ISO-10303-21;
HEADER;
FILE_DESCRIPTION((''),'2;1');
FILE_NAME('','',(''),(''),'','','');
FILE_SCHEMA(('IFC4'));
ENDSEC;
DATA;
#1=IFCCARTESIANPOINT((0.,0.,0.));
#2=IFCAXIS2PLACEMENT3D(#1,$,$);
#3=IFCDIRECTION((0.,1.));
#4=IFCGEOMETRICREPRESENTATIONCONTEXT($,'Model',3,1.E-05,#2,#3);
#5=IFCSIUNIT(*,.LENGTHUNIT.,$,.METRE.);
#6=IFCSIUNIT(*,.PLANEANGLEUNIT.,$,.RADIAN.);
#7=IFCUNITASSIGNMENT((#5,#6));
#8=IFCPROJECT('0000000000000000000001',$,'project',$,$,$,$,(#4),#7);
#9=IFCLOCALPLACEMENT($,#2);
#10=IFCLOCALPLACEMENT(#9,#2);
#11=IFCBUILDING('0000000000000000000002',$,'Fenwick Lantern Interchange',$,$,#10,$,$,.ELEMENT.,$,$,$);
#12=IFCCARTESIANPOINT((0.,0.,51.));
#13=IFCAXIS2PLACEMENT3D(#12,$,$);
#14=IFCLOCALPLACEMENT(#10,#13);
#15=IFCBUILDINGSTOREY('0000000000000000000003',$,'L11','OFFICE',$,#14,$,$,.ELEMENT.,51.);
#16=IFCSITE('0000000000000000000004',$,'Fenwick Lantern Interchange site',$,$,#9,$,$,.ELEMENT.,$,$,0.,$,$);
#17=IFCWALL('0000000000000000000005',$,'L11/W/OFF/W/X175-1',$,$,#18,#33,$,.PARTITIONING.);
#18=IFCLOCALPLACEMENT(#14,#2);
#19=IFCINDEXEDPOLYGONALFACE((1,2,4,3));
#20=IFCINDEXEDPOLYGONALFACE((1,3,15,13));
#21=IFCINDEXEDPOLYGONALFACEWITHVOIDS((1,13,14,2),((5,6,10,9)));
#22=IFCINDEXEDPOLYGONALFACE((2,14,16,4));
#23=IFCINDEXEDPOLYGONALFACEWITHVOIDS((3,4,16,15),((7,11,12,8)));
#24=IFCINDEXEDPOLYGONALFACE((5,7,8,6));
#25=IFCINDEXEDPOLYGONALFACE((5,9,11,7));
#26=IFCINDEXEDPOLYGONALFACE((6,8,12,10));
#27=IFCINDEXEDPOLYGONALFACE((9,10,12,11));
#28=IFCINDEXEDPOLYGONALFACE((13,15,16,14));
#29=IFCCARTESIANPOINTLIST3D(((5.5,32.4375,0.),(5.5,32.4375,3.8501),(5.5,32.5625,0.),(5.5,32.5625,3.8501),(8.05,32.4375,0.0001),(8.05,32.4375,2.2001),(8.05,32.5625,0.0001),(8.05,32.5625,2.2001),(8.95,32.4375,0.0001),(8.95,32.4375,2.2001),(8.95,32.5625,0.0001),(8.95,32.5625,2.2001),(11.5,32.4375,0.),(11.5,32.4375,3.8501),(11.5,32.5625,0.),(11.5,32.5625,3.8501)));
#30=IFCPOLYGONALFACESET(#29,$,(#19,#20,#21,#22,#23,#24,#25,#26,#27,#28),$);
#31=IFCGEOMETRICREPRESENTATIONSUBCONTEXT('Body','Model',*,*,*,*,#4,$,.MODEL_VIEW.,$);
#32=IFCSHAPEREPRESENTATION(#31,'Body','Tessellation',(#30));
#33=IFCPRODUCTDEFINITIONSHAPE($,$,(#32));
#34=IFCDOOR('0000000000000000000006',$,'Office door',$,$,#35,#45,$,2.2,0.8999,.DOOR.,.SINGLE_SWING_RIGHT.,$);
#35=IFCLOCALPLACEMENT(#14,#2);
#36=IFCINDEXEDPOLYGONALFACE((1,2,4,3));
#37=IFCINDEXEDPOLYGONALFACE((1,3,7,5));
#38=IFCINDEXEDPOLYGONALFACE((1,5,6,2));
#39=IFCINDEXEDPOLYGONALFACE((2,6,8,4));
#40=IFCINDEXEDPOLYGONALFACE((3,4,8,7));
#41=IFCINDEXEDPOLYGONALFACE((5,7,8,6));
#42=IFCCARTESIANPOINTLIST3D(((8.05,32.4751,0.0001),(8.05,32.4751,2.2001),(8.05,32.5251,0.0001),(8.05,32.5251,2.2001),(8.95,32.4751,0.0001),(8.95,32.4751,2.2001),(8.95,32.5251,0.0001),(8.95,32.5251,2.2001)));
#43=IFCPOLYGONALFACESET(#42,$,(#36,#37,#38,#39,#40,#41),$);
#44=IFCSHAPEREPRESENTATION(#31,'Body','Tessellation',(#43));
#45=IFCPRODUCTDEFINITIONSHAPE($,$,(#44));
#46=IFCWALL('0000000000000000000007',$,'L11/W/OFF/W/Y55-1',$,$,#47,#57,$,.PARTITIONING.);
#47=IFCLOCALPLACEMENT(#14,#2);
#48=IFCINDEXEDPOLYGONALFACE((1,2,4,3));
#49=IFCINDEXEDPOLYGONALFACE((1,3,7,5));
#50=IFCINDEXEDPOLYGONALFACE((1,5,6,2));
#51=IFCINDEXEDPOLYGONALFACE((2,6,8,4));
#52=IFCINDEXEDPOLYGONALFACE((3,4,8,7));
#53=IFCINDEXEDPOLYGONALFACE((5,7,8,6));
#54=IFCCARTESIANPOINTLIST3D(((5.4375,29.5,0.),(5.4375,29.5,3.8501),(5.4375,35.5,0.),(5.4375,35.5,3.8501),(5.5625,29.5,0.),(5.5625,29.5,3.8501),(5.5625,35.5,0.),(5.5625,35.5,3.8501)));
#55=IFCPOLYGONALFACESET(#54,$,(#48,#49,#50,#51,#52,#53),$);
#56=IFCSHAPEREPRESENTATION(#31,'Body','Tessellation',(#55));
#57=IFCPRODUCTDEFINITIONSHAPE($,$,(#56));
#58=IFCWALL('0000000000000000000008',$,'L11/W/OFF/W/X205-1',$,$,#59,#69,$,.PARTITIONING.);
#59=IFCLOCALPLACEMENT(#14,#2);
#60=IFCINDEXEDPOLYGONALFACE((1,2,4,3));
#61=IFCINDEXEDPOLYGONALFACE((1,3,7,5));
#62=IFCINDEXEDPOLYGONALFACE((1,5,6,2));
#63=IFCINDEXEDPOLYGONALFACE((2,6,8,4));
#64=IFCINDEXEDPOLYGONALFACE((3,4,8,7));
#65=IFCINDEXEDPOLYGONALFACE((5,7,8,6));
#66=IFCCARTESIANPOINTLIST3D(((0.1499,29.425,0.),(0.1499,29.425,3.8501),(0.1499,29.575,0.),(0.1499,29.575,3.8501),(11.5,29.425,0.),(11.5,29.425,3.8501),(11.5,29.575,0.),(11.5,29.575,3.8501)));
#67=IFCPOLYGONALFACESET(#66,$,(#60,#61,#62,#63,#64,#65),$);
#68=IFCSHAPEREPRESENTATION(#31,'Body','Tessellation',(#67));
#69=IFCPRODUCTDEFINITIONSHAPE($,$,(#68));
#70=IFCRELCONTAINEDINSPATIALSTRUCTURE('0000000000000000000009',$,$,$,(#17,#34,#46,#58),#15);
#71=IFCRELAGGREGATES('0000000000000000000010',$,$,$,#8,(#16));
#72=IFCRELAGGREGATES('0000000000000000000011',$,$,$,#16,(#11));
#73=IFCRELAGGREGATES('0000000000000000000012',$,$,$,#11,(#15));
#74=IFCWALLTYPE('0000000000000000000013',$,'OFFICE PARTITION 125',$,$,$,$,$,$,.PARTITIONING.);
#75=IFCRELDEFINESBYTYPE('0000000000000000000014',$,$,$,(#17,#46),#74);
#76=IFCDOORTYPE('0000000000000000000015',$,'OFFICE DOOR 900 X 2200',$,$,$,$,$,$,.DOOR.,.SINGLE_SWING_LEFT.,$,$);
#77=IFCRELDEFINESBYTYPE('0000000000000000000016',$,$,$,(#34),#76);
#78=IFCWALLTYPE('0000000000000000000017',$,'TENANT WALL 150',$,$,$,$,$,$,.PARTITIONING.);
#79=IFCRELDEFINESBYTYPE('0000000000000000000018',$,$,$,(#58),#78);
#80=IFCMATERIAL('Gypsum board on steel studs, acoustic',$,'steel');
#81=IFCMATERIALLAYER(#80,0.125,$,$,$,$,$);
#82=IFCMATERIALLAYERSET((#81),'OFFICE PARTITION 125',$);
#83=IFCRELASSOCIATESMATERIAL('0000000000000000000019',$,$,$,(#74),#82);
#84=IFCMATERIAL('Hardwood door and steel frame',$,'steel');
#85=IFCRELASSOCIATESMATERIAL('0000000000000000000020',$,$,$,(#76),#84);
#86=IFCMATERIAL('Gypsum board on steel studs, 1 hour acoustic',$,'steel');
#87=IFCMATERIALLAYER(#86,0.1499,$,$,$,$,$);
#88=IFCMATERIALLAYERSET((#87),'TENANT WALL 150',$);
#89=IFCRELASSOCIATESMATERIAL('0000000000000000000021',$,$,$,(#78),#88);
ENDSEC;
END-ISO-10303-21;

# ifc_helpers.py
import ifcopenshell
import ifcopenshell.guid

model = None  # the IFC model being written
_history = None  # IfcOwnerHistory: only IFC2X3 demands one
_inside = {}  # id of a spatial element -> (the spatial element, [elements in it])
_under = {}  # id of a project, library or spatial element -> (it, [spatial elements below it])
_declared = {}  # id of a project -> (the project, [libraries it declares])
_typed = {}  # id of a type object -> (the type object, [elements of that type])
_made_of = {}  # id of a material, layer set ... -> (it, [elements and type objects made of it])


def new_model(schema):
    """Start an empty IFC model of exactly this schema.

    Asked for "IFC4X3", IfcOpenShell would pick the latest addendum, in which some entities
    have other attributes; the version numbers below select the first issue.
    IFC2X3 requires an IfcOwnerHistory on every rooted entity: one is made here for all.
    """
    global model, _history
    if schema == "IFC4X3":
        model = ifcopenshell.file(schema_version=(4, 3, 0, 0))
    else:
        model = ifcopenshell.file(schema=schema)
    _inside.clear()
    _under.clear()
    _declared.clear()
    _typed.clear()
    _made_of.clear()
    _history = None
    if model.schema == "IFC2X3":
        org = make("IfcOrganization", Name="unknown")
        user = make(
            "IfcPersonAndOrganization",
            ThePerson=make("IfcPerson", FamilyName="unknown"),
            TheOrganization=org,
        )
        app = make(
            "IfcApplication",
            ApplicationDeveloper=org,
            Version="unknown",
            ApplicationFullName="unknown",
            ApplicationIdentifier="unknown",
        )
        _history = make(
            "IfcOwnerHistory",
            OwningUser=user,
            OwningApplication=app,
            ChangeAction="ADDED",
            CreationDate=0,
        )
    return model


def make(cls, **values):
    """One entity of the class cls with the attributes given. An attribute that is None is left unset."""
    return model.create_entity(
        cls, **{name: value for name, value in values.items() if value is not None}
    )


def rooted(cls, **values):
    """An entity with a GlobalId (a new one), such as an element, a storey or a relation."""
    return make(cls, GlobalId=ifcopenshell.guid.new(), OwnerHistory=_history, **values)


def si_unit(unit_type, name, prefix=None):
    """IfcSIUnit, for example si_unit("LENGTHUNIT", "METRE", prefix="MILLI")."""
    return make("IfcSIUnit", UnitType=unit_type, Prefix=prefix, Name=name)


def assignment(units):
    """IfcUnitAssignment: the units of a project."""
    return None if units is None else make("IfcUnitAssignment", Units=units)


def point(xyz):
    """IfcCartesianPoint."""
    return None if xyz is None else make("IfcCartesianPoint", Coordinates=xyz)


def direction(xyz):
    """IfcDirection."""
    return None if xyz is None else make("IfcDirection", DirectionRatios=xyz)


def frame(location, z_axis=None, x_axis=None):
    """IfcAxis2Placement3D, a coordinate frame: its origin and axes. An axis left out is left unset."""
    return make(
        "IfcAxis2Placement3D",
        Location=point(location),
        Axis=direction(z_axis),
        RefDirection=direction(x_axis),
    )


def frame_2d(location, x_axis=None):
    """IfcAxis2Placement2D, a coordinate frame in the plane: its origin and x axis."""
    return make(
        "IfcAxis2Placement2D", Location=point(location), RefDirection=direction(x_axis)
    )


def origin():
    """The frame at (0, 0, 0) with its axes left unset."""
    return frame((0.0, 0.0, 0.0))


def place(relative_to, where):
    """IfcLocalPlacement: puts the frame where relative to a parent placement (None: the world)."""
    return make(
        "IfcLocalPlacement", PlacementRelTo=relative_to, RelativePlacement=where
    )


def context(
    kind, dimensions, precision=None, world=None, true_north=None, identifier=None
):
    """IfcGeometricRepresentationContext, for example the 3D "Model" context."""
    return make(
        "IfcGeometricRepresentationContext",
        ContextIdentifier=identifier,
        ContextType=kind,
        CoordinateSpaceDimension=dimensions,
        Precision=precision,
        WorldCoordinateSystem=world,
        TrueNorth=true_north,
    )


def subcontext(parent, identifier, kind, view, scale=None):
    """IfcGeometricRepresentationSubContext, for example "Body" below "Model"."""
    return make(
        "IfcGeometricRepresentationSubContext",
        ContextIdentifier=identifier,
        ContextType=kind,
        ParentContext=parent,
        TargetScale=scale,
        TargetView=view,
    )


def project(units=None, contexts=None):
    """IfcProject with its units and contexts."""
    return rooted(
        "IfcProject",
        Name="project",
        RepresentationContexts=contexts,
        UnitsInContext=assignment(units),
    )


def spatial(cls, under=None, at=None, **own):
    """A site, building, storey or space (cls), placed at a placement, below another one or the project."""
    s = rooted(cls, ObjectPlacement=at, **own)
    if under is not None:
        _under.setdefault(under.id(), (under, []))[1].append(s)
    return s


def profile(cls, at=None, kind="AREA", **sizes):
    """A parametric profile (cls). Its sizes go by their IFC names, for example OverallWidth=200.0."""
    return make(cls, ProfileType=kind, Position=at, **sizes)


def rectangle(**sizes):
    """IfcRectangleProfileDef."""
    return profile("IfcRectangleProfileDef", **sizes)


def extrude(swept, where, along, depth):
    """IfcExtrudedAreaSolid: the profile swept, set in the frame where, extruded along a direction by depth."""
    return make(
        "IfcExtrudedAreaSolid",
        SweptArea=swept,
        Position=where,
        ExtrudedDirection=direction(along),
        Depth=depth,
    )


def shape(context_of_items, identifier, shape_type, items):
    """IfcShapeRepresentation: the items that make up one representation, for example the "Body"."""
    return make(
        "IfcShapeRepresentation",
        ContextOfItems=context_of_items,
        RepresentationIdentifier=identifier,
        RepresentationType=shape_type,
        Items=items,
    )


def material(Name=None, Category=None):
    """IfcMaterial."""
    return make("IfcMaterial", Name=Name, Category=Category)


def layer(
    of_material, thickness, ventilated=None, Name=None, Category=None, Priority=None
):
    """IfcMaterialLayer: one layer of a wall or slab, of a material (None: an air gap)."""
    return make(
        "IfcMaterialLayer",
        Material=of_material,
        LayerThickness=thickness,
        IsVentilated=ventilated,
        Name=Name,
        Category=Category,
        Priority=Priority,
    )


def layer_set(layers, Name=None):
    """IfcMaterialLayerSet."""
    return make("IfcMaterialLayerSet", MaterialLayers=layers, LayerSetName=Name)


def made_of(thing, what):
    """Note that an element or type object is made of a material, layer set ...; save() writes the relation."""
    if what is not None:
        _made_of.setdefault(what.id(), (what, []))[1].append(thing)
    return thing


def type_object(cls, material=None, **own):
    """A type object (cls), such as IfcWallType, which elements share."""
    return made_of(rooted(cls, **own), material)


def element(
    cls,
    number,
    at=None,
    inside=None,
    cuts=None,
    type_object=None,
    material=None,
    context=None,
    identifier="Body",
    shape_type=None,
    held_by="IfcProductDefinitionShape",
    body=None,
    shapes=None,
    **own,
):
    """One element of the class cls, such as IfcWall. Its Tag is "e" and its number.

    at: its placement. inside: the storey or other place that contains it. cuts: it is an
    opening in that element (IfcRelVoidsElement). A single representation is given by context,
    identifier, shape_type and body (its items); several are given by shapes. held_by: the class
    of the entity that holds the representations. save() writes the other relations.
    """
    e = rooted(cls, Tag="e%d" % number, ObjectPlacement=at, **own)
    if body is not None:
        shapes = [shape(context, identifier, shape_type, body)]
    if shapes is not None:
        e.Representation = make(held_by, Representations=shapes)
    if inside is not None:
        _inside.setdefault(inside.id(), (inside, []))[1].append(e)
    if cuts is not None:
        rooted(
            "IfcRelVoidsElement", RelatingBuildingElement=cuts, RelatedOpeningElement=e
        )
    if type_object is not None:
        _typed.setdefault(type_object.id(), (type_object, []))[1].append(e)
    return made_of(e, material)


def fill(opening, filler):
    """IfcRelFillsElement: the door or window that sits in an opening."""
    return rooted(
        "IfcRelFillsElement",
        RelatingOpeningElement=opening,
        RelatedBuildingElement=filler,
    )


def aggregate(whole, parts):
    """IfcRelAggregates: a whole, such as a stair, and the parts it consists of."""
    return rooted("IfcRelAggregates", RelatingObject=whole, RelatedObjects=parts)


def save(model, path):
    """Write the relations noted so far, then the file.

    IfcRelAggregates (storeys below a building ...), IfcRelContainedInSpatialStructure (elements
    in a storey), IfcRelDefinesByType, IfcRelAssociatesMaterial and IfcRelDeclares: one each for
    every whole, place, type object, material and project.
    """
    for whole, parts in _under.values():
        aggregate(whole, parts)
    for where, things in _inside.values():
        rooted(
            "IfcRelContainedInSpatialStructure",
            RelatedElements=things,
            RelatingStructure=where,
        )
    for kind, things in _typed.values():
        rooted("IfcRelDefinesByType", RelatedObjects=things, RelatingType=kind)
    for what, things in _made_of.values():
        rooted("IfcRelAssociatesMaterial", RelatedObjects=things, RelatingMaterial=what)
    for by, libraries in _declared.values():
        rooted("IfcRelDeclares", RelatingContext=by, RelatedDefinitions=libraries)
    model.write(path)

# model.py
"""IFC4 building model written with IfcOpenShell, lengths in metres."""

from ifc_helpers import new_model, si_unit, direction, frame, frame_2d, origin, place, context, subcontext, project, spatial, rectangle, extrude, material, layer, layer_set, type_object, element, fill, save


model = new_model("IFC4")

# Units and contexts
model_context = context("Model", 3, precision=1e-05, world=origin(), true_north=direction((0.0, 1.0)))
body_context = subcontext(model_context, "Body", "Model", "MODEL_VIEW")
ifc_project = project(units=[si_unit("LENGTHUNIT", "METRE"), si_unit("PLANEANGLEUNIT", "RADIAN")], contexts=[model_context])

# Site, building, storey
site_placement = place(None, origin())
site = spatial("IfcSite", under=ifc_project, at=site_placement, Name="Fenwick Lantern Interchange site", CompositionType="ELEMENT", RefElevation=0.0)
building_placement = place(site_placement, origin())
building = spatial("IfcBuilding", under=site, at=building_placement, Name="Fenwick Lantern Interchange", CompositionType="ELEMENT")
storey_placement = place(building_placement, frame((0.0, 0.0, 51.0)))
storey = spatial("IfcBuildingStorey", under=building, at=storey_placement, Name="L11", Description="OFFICE", CompositionType="ELEMENT", Elevation=51.0)

# Shared definitions
ifc_material_1 = material(Name="Hardwood door and steel frame", Category="steel")

# Wall, opening, door
ifc_material_2 = material(Name="Gypsum board on steel studs, acoustic", Category="steel")
ifc_layer_1 = layer(ifc_material_2, 0.125)
ifc_layer_set_1 = layer_set([ifc_layer_1], Name="OFFICE PARTITION 125")
wall_type_1 = type_object("IfcWallType", Name="OFFICE PARTITION 125", PredefinedType="PARTITIONING", material=ifc_layer_set_1)
wall_1_placement = place(storey_placement, frame((5.5, 32.5, 0.0), z_axis=(0.0, 0.0, 1.0), x_axis=(1.0, 0.0, 0.0)))
wall_1 = element("IfcWall", 1, at=wall_1_placement, inside=storey, type_object=wall_type_1, Name="L11/W/OFF/W/X175-1", PredefinedType="PARTITIONING", context=body_context, shape_type="SweptSolid", body=[
    extrude(rectangle(XDim=6.0, YDim=0.125, at=frame_2d((3.0, 0.0))), origin(), (0.0, 0.0, 1.0), 3.8501),
])
opening_1_placement = place(wall_1_placement, frame((2.55, 0.0, 0.0)))
opening_1 = element("IfcOpeningElement", 2, at=opening_1_placement, cuts=wall_1, PredefinedType="OPENING", context=body_context, shape_type="SweptSolid", body=[
    extrude(rectangle(XDim=0.8999, YDim=2.2, at=frame_2d((0.45, 1.1001))), frame((0.0, 0.0725, 0.0), z_axis=(0.0, -1.0, 0.0), x_axis=(1.0, 0.0, 0.0)), (0.0, 0.0, 1.0), 0.145),
])
door_type_1 = type_object("IfcDoorType", Name="OFFICE DOOR 900 X 2200", OperationType="SINGLE_SWING_LEFT", PredefinedType="DOOR", material=ifc_material_1)
door_1_placement = place(opening_1_placement, frame((0.8999, 0.0, 0.0), z_axis=(0.0, 0.0, 1.0), x_axis=(-1.0, 0.0, 0.0)))
door_1 = element("IfcDoor", 3, at=door_1_placement, inside=storey, type_object=door_type_1, Name="Office door", OperationType="SINGLE_SWING_RIGHT", OverallHeight=2.2, OverallWidth=0.8999, PredefinedType="DOOR", context=body_context, shape_type="SweptSolid", body=[
    extrude(rectangle(XDim=0.8999, YDim=2.2, at=frame_2d((0.45, 1.1001))), frame((0.0, 0.0249, 0.0), z_axis=(0.0, -1.0, 0.0), x_axis=(1.0, 0.0, 0.0)), (0.0, 0.0, 1.0), 0.05),
])
fill(opening_1, door_1)

# Walls
wall_2_placement = place(storey_placement, frame((5.5, 35.5, 0.0), z_axis=(0.0, 0.0, 1.0), x_axis=(0.0, -1.0, 0.0)))
element("IfcWall", 4, at=wall_2_placement, inside=storey, type_object=wall_type_1, Name="L11/W/OFF/W/Y55-1", PredefinedType="PARTITIONING", context=body_context, shape_type="SweptSolid", body=[
    extrude(rectangle(XDim=6.0, YDim=0.125, at=frame_2d((3.0, 0.0))), origin(), (0.0, 0.0, 1.0), 3.8501),
])
ifc_material_3 = material(Name="Gypsum board on steel studs, 1 hour acoustic", Category="steel")
ifc_layer_2 = layer(ifc_material_3, 0.1499)
ifc_layer_set_2 = layer_set([ifc_layer_2], Name="TENANT WALL 150")
wall_type_2 = type_object("IfcWallType", Name="TENANT WALL 150", PredefinedType="PARTITIONING", material=ifc_layer_set_2)
wall_3_placement = place(storey_placement, frame((0.1499, 29.5, 0.0), z_axis=(0.0, 0.0, 1.0), x_axis=(1.0, 0.0, 0.0)))
element("IfcWall", 5, at=wall_3_placement, inside=storey, type_object=wall_type_2, Name="L11/W/OFF/W/X205-1", PredefinedType="PARTITIONING", context=body_context, shape_type="SweptSolid", body=[
    extrude(rectangle(XDim=11.3501, YDim=0.1499, at=frame_2d((5.675, 0.0))), origin(), (0.0, 0.0, 1.0), 3.8501),
])

save(model, "model.ifc")
